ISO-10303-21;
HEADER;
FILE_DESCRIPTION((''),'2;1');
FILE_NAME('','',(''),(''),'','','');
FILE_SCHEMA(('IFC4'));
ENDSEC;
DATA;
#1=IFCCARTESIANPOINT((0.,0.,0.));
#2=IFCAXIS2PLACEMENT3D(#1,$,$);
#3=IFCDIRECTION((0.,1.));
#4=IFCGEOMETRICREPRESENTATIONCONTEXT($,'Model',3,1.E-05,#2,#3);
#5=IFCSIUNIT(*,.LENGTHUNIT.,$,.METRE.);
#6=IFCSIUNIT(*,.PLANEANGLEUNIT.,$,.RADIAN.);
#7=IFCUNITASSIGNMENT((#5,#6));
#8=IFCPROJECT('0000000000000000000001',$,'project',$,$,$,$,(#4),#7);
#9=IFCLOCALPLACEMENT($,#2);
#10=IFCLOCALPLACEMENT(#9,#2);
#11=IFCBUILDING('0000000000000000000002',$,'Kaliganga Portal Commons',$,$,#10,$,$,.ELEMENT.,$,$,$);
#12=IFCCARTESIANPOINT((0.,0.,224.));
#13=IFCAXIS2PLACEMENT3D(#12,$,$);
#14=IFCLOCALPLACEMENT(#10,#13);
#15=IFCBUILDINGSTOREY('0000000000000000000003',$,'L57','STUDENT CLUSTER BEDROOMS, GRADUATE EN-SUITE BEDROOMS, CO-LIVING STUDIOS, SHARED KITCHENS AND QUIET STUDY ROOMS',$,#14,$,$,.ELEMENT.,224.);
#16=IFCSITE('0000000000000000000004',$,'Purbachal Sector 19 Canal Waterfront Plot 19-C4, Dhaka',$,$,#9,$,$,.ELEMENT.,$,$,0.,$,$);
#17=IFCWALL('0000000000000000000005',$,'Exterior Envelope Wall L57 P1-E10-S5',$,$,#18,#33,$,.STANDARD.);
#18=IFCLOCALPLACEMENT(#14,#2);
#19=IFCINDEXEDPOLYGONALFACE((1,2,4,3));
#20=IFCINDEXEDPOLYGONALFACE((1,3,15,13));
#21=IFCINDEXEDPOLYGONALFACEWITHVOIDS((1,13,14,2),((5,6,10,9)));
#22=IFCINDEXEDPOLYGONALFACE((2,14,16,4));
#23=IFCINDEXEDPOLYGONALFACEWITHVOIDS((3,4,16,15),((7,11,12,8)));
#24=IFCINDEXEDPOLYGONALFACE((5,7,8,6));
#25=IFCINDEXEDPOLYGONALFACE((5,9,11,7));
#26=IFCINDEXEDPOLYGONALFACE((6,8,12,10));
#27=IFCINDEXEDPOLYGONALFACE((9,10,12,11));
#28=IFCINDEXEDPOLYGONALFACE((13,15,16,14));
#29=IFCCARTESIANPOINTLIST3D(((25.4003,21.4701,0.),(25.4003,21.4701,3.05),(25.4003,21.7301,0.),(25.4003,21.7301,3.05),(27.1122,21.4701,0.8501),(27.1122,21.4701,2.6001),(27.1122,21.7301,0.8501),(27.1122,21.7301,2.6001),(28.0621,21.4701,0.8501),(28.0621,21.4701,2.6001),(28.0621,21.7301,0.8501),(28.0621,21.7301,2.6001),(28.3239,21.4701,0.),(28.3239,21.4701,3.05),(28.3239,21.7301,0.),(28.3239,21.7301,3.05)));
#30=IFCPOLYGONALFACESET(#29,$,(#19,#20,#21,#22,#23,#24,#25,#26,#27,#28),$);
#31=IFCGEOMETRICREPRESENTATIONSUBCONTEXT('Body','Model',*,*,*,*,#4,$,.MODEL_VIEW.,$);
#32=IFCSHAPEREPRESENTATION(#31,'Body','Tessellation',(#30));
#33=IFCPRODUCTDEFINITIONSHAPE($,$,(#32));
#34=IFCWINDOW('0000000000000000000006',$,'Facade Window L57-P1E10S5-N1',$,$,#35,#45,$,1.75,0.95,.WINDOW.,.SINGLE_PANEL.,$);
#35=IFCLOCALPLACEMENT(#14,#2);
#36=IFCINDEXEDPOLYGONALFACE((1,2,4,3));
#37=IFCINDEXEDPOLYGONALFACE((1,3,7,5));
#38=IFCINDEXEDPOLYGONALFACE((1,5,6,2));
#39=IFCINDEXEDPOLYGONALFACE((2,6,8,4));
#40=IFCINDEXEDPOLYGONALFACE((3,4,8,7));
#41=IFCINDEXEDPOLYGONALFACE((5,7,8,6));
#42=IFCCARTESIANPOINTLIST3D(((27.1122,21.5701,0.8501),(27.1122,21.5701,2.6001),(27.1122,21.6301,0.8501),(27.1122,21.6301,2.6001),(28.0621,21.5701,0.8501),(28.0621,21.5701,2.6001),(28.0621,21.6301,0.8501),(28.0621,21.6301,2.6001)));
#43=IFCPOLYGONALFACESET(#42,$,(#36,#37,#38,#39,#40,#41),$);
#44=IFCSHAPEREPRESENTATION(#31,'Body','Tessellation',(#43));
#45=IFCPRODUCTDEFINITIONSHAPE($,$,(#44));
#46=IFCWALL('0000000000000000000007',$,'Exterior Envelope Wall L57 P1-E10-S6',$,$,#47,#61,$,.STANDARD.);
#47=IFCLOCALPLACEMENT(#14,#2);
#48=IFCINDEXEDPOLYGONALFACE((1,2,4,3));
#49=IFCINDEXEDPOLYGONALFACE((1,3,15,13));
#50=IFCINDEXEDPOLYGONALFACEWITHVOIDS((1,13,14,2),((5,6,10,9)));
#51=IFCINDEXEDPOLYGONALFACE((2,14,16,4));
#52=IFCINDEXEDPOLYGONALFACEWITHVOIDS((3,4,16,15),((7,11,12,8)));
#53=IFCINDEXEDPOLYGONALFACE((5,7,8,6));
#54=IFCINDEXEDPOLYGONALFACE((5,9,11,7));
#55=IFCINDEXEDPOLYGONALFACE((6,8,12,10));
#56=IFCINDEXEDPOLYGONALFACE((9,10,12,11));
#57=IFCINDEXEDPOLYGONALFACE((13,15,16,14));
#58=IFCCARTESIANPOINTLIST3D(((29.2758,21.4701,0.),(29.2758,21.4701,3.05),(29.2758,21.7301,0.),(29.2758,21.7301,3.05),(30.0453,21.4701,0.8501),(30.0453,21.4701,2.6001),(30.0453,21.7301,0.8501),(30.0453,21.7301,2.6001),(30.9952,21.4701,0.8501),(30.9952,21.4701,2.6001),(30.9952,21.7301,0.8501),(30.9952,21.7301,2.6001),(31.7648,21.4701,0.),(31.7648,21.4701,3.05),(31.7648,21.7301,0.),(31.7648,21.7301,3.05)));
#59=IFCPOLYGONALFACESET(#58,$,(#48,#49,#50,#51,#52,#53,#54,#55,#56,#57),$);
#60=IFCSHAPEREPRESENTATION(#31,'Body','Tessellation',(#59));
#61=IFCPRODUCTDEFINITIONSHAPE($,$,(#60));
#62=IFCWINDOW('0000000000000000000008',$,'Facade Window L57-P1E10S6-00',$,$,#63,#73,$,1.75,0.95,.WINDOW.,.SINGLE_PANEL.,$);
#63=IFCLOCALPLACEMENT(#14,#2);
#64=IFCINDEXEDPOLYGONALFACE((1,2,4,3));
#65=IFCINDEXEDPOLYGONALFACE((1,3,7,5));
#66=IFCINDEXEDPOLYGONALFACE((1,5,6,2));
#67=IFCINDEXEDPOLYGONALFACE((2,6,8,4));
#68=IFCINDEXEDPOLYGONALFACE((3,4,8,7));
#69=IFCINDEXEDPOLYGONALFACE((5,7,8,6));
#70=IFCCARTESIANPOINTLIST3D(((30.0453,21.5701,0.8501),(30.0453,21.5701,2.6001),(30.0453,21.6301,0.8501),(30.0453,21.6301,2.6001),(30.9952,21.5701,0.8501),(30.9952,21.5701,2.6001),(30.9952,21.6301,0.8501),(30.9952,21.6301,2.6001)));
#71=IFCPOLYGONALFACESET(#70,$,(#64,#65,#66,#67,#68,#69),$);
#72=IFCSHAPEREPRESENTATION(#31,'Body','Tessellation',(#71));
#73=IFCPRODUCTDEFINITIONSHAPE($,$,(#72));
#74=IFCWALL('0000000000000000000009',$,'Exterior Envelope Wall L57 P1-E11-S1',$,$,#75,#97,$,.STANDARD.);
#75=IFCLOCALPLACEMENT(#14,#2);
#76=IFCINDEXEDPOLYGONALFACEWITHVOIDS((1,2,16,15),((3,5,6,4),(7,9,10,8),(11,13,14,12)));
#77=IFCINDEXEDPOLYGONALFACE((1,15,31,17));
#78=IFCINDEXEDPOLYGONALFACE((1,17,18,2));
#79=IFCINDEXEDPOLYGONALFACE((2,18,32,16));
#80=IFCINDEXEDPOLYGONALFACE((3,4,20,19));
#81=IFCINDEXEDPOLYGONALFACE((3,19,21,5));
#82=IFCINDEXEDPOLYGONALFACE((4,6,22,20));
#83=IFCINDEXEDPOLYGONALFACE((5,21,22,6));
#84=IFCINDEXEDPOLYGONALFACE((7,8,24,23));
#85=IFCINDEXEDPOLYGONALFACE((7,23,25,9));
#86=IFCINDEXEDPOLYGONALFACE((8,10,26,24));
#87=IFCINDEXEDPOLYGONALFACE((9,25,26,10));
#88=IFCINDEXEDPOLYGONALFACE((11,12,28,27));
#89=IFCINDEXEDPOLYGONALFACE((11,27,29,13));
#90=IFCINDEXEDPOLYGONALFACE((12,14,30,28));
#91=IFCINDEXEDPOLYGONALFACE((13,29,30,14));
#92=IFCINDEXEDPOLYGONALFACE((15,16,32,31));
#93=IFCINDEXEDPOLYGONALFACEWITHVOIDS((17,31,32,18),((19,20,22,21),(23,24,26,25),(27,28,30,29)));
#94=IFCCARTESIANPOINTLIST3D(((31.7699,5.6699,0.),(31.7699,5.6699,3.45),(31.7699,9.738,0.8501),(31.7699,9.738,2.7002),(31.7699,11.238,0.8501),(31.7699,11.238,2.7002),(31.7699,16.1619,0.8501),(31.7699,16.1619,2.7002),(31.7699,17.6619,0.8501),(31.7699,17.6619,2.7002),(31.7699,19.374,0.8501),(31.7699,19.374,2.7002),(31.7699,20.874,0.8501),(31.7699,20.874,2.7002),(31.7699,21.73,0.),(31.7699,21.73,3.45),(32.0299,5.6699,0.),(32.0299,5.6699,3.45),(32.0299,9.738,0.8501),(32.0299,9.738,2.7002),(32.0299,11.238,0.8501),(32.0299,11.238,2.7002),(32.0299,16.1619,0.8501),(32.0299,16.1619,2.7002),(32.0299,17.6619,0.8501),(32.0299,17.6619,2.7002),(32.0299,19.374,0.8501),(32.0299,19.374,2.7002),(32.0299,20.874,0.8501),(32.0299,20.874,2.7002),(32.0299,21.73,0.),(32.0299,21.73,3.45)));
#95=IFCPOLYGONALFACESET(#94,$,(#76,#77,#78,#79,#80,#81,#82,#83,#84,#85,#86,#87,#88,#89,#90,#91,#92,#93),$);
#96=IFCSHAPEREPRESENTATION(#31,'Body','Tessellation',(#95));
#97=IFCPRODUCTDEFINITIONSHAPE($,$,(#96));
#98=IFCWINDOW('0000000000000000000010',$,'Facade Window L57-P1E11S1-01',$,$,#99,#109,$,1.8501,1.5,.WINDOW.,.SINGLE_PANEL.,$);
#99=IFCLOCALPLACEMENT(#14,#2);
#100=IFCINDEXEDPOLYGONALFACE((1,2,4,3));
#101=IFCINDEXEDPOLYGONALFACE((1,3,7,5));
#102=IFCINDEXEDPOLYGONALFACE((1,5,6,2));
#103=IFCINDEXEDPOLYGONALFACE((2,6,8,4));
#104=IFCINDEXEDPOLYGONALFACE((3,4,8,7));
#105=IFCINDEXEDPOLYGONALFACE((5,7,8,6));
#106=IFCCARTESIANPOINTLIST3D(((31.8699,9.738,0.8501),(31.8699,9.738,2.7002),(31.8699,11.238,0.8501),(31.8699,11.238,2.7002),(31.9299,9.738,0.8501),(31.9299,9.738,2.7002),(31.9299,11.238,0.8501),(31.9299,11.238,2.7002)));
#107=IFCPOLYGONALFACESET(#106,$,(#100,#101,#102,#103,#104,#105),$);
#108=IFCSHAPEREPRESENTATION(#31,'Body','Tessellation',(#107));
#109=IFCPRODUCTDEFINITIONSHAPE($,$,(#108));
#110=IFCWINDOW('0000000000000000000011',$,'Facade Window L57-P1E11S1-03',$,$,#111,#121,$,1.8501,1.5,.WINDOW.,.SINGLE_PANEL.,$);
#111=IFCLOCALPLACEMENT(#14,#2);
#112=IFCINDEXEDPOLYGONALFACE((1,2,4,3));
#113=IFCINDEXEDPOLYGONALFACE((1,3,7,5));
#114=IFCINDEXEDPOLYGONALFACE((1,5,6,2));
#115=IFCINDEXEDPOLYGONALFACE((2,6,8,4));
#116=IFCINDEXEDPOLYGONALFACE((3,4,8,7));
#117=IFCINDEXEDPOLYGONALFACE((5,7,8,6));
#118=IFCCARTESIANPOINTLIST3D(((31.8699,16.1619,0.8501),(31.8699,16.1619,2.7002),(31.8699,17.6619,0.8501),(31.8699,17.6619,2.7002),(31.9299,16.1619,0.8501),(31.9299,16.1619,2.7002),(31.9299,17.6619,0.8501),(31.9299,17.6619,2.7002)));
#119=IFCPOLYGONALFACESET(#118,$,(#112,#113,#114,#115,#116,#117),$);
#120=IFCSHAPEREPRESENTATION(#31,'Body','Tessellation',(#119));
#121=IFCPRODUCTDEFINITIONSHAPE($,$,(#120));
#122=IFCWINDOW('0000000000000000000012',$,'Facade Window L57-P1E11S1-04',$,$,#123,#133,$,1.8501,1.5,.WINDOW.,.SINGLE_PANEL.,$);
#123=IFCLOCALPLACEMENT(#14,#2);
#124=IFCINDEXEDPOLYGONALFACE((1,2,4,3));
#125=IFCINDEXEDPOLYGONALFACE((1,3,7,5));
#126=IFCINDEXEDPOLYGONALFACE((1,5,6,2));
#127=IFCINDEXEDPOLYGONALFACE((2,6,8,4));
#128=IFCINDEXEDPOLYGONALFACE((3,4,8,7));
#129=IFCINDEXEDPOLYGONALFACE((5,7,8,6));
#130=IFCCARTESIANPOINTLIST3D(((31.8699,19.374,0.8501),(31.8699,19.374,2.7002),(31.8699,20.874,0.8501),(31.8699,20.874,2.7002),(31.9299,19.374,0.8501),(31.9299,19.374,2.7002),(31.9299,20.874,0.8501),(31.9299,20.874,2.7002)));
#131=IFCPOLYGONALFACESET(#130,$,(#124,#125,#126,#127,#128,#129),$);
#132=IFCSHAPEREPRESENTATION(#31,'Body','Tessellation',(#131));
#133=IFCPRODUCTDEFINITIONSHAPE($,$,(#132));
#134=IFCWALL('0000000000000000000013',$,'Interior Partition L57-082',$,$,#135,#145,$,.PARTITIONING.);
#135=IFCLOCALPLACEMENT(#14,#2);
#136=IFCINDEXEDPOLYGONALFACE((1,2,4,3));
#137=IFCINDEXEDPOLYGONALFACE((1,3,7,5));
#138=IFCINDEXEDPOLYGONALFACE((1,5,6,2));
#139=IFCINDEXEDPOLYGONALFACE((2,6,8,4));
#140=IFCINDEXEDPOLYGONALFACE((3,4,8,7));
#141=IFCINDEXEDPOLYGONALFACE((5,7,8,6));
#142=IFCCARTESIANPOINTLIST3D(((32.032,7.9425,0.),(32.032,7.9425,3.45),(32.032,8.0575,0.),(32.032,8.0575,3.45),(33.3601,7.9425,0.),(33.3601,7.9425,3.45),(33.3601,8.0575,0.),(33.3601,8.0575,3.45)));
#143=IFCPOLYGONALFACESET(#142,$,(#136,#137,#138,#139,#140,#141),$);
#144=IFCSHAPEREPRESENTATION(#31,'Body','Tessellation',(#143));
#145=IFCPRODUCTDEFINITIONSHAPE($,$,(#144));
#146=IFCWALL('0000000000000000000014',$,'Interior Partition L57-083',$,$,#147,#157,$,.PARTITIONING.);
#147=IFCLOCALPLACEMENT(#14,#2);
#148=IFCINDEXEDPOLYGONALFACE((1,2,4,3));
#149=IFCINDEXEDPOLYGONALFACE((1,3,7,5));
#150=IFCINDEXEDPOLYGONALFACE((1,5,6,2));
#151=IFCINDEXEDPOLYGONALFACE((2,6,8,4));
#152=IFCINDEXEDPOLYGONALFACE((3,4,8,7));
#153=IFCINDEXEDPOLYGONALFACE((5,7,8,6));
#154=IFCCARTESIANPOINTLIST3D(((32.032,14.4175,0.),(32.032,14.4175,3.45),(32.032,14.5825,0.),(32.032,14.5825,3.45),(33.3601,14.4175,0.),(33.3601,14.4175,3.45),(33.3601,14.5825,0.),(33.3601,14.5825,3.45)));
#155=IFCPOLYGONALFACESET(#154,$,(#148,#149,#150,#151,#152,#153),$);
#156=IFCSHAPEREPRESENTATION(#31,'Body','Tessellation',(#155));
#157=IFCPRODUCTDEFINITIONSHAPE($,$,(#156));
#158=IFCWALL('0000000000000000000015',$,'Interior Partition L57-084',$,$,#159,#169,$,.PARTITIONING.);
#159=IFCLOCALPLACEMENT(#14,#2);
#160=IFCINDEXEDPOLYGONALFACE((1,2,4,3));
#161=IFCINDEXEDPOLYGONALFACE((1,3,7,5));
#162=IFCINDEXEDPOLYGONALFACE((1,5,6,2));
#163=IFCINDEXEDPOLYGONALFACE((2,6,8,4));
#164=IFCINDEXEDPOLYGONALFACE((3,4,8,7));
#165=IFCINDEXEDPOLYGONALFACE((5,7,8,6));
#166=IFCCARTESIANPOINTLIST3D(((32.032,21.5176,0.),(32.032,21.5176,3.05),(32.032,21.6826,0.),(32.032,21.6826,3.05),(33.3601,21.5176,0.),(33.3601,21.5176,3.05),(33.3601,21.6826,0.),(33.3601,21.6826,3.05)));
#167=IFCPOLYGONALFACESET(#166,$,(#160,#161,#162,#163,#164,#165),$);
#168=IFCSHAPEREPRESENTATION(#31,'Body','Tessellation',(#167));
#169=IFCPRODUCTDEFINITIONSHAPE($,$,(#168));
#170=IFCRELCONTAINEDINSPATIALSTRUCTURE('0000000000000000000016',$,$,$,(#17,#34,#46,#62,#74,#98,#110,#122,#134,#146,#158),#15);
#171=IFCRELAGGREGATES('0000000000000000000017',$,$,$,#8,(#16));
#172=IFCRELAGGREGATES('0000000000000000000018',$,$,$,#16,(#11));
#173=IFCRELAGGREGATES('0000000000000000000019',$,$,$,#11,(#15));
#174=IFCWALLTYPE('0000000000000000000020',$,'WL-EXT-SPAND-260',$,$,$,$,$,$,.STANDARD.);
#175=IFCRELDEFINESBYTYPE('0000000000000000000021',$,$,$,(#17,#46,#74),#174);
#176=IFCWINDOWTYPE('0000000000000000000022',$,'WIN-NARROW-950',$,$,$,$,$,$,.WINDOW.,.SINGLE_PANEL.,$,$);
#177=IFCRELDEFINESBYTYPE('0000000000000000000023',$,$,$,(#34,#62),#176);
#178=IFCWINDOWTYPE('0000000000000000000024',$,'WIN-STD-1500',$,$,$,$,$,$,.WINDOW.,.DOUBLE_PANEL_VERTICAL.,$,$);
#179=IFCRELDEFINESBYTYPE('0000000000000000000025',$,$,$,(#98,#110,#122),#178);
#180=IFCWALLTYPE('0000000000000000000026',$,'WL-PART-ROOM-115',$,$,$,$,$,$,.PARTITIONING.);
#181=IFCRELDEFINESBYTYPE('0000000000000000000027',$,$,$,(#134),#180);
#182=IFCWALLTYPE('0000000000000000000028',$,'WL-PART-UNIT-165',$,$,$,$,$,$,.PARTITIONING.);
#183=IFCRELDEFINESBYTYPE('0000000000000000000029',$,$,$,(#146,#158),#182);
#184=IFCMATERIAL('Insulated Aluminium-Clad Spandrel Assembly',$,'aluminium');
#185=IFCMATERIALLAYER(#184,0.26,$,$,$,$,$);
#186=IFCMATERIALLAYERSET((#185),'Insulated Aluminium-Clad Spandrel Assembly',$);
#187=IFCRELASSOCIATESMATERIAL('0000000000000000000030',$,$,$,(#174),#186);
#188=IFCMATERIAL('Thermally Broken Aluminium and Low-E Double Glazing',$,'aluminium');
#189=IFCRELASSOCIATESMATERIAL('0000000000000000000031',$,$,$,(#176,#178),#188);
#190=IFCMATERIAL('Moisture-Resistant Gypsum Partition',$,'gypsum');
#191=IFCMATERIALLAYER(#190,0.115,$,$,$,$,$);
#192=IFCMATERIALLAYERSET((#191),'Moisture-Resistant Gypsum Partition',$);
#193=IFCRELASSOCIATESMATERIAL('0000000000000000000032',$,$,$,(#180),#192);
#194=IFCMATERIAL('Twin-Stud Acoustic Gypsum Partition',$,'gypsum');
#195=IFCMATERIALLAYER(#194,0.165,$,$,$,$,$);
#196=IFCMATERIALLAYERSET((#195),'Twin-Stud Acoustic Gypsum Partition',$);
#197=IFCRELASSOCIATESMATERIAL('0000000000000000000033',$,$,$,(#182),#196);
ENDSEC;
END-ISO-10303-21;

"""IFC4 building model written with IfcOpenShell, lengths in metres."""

from ifc_helpers import new_model, si_unit, direction, frame, frame_2d, origin, place, context, subcontext, project, spatial, rectangle, extrude, material, layer, layer_set, type_object, element, fill, save


model = new_model("IFC4")

# Units and contexts
model_context = context("Model", 3, precision=1e-05, world=origin(), true_north=direction((0.0, 1.0)))
body_context = subcontext(model_context, "Body", "Model", "MODEL_VIEW")
ifc_project = project(units=[si_unit("LENGTHUNIT", "METRE"), si_unit("PLANEANGLEUNIT", "RADIAN")], contexts=[model_context])

# Site, building, storey
site_placement = place(None, origin())
site = spatial("IfcSite", under=ifc_project, at=site_placement, Name="Purbachal Sector 19 Canal Waterfront Plot 19-C4, Dhaka", CompositionType="ELEMENT", RefElevation=0.0)
building_placement = place(site_placement, origin())
building = spatial("IfcBuilding", under=site, at=building_placement, Name="Kaliganga Portal Commons", CompositionType="ELEMENT")
storey_placement = place(building_placement, frame((0.0, 0.0, 224.0)))
storey = spatial("IfcBuildingStorey", under=building, at=storey_placement, Name="L57", Description="STUDENT CLUSTER BEDROOMS, GRADUATE EN-SUITE BEDROOMS, CO-LIVING STUDIOS, SHARED KITCHENS AND QUIET STUDY ROOMS", CompositionType="ELEMENT", Elevation=224.0)

# Walls, openings, windows
ifc_material_1 = material(Name="Insulated Aluminium-Clad Spandrel Assembly", Category="aluminium")
ifc_layer_1 = layer(ifc_material_1, 0.26)
ifc_layer_set_1 = layer_set([ifc_layer_1], Name="Insulated Aluminium-Clad Spandrel Assembly")
wall_type_1 = type_object("IfcWallType", Name="WL-EXT-SPAND-260", PredefinedType="STANDARD", material=ifc_layer_set_1)
ifc_material_2 = material(Name="Thermally Broken Aluminium and Low-E Double Glazing", Category="aluminium")
window_type_1 = type_object("IfcWindowType", Name="WIN-NARROW-950", PartitioningType="SINGLE_PANEL", PredefinedType="WINDOW", material=ifc_material_2)
wall_1_placement = place(storey_placement, frame((28.324, 21.6001, 0.0), z_axis=(0.0, 0.0, 1.0), x_axis=(-1.0, 0.0, 0.0)))
wall_1 = element("IfcWall", 1, at=wall_1_placement, inside=storey, type_object=wall_type_1, Name="Exterior Envelope Wall L57 P1-E10-S5", PredefinedType="STANDARD", context=body_context, shape_type="SweptSolid", body=[
    extrude(rectangle(XDim=2.9236, YDim=0.26, at=frame_2d((1.4619, 0.0))), origin(), (0.0, 0.0, 1.0), 3.05),
])
opening_1_placement = place(wall_1_placement, frame((0.2617, 0.0, 0.8501)))
opening_1 = element("IfcOpeningElement", 2, at=opening_1_placement, cuts=wall_1, PredefinedType="OPENING", context=body_context, shape_type="SweptSolid", body=[
    extrude(rectangle(XDim=0.95, YDim=1.75, at=frame_2d((0.4751, 0.875))), frame((0.0, 0.1401, 0.0), z_axis=(0.0, -1.0, 0.0), x_axis=(1.0, 0.0, 0.0)), (0.0, 0.0, 1.0), 0.28),
])
window_1_placement = place(opening_1_placement, origin())
window_1 = element("IfcWindow", 3, at=window_1_placement, inside=storey, type_object=window_type_1, Name="Facade Window L57-P1E10S5-N1", OverallHeight=1.75, OverallWidth=0.95, PartitioningType="SINGLE_PANEL", PredefinedType="WINDOW", context=body_context, shape_type="SweptSolid", body=[
    extrude(rectangle(XDim=0.95, YDim=1.75, at=frame_2d((0.4751, 0.875))), frame((0.0, 0.03, 0.0), z_axis=(0.0, -1.0, 0.0), x_axis=(1.0, 0.0, 0.0)), (0.0, 0.0, 1.0), 0.0601),
])
fill(opening_1, window_1)
wall_2_placement = place(storey_placement, frame((31.7649, 21.6001, 0.0), z_axis=(0.0, 0.0, 1.0), x_axis=(-1.0, 0.0, 0.0)))
wall_2 = element("IfcWall", 4, at=wall_2_placement, inside=storey, type_object=wall_type_1, Name="Exterior Envelope Wall L57 P1-E10-S6", PredefinedType="STANDARD", context=body_context, shape_type="SweptSolid", body=[
    extrude(rectangle(XDim=2.489, YDim=0.26, at=frame_2d((1.2446, 0.0))), origin(), (0.0, 0.0, 1.0), 3.05),
])
opening_2_placement = place(wall_2_placement, frame((0.7695, 0.0, 0.8501)))
opening_2 = element("IfcOpeningElement", 5, at=opening_2_placement, cuts=wall_2, PredefinedType="OPENING", context=body_context, shape_type="SweptSolid", body=[
    extrude(rectangle(XDim=0.95, YDim=1.75, at=frame_2d((0.4751, 0.875))), frame((0.0, 0.1401, 0.0), z_axis=(0.0, -1.0, 0.0), x_axis=(1.0, 0.0, 0.0)), (0.0, 0.0, 1.0), 0.28),
])
window_2_placement = place(opening_2_placement, origin())
window_2 = element("IfcWindow", 6, at=window_2_placement, inside=storey, type_object=window_type_1, Name="Facade Window L57-P1E10S6-00", OverallHeight=1.75, OverallWidth=0.95, PartitioningType="SINGLE_PANEL", PredefinedType="WINDOW", context=body_context, shape_type="SweptSolid", body=[
    extrude(rectangle(XDim=0.95, YDim=1.75, at=frame_2d((0.4751, 0.875))), frame((0.0, 0.03, 0.0), z_axis=(0.0, -1.0, 0.0), x_axis=(1.0, 0.0, 0.0)), (0.0, 0.0, 1.0), 0.0601),
])
fill(opening_2, window_2)

# Wall, openings, windows
wall_3_placement = place(storey_placement, frame((31.8999, 5.6699, 0.0), z_axis=(0.0, 0.0, 1.0), x_axis=(0.0, 1.0, 0.0)))
wall_3 = element("IfcWall", 7, at=wall_3_placement, inside=storey, type_object=wall_type_1, Name="Exterior Envelope Wall L57 P1-E11-S1", PredefinedType="STANDARD", context=body_context, shape_type="SweptSolid", body=[
    extrude(rectangle(XDim=16.0601, YDim=0.26, at=frame_2d((8.03, 0.0))), origin(), (0.0, 0.0, 1.0), 3.45),
])
opening_3_placement = place(wall_3_placement, frame((4.0681, 0.0, 0.8501)))
opening_3 = element("IfcOpeningElement", 8, at=opening_3_placement, cuts=wall_3, PredefinedType="OPENING", context=body_context, shape_type="SweptSolid", body=[
    extrude(rectangle(XDim=1.5, YDim=1.8501, at=frame_2d((0.75, 0.925))), frame((0.0, 0.1401, 0.0), z_axis=(0.0, -1.0, 0.0), x_axis=(1.0, 0.0, 0.0)), (0.0, 0.0, 1.0), 0.28),
])
opening_4_placement = place(wall_3_placement, frame((10.4919, 0.0, 0.8501)))
opening_4 = element("IfcOpeningElement", 9, at=opening_4_placement, cuts=wall_3, PredefinedType="OPENING", context=body_context, shape_type="SweptSolid", body=[
    extrude(rectangle(XDim=1.5, YDim=1.8501, at=frame_2d((0.75, 0.925))), frame((0.0, 0.1401, 0.0), z_axis=(0.0, -1.0, 0.0), x_axis=(1.0, 0.0, 0.0)), (0.0, 0.0, 1.0), 0.28),
])
opening_5_placement = place(wall_3_placement, frame((13.7041, 0.0, 0.8501)))
opening_5 = element("IfcOpeningElement", 10, at=opening_5_placement, cuts=wall_3, PredefinedType="OPENING", context=body_context, shape_type="SweptSolid", body=[
    extrude(rectangle(XDim=1.5, YDim=1.8501, at=frame_2d((0.75, 0.925))), frame((0.0, 0.1401, 0.0), z_axis=(0.0, -1.0, 0.0), x_axis=(1.0, 0.0, 0.0)), (0.0, 0.0, 1.0), 0.28),
])
window_type_2 = type_object("IfcWindowType", Name="WIN-STD-1500", PartitioningType="DOUBLE_PANEL_VERTICAL", PredefinedType="WINDOW", material=ifc_material_2)
window_3_placement = place(opening_3_placement, origin())
window_3 = element("IfcWindow", 11, at=window_3_placement, inside=storey, type_object=window_type_2, Name="Facade Window L57-P1E11S1-01", OverallHeight=1.8501, OverallWidth=1.5, PartitioningType="SINGLE_PANEL", PredefinedType="WINDOW", context=body_context, shape_type="SweptSolid", body=[
    extrude(rectangle(XDim=1.5, YDim=1.8501, at=frame_2d((0.75, 0.925))), frame((0.0, 0.03, 0.0), z_axis=(0.0, -1.0, 0.0), x_axis=(1.0, 0.0, 0.0)), (0.0, 0.0, 1.0), 0.0601),
])
fill(opening_3, window_3)
window_4_placement = place(opening_4_placement, origin())
window_4 = element("IfcWindow", 12, at=window_4_placement, inside=storey, type_object=window_type_2, Name="Facade Window L57-P1E11S1-03", OverallHeight=1.8501, OverallWidth=1.5, PartitioningType="SINGLE_PANEL", PredefinedType="WINDOW", context=body_context, shape_type="SweptSolid", body=[
    extrude(rectangle(XDim=1.5, YDim=1.8501, at=frame_2d((0.75, 0.925))), frame((0.0, 0.03, 0.0), z_axis=(0.0, -1.0, 0.0), x_axis=(1.0, 0.0, 0.0)), (0.0, 0.0, 1.0), 0.0601),
])
fill(opening_4, window_4)
window_5_placement = place(opening_5_placement, origin())
window_5 = element("IfcWindow", 13, at=window_5_placement, inside=storey, type_object=window_type_2, Name="Facade Window L57-P1E11S1-04", OverallHeight=1.8501, OverallWidth=1.5, PartitioningType="SINGLE_PANEL", PredefinedType="WINDOW", context=body_context, shape_type="SweptSolid", body=[
    extrude(rectangle(XDim=1.5, YDim=1.8501, at=frame_2d((0.75, 0.925))), frame((0.0, 0.03, 0.0), z_axis=(0.0, -1.0, 0.0), x_axis=(1.0, 0.0, 0.0)), (0.0, 0.0, 1.0), 0.0601),
])
fill(opening_5, window_5)

# Walls
ifc_material_3 = material(Name="Moisture-Resistant Gypsum Partition", Category="gypsum")
ifc_layer_2 = layer(ifc_material_3, 0.115)
ifc_layer_set_2 = layer_set([ifc_layer_2], Name="Moisture-Resistant Gypsum Partition")
wall_type_2 = type_object("IfcWallType", Name="WL-PART-ROOM-115", PredefinedType="PARTITIONING", material=ifc_layer_set_2)
wall_4_placement = place(storey_placement, frame((32.032, 8.0, 0.0), z_axis=(0.0, 0.0, 1.0), x_axis=(1.0, 0.0, 0.0)))
element("IfcWall", 14, at=wall_4_placement, inside=storey, type_object=wall_type_2, Name="Interior Partition L57-082", PredefinedType="PARTITIONING", context=body_context, shape_type="SweptSolid", body=[
    extrude(rectangle(XDim=1.3281, YDim=0.115, at=frame_2d((0.6641, 0.0))), origin(), (0.0, 0.0, 1.0), 3.45),
])
ifc_material_4 = material(Name="Twin-Stud Acoustic Gypsum Partition", Category="gypsum")
ifc_layer_3 = layer(ifc_material_4, 0.165)
ifc_layer_set_3 = layer_set([ifc_layer_3], Name="Twin-Stud Acoustic Gypsum Partition")
wall_type_3 = type_object("IfcWallType", Name="WL-PART-UNIT-165", PredefinedType="PARTITIONING", material=ifc_layer_set_3)
wall_5_placement = place(storey_placement, frame((32.032, 14.5, 0.0), z_axis=(0.0, 0.0, 1.0), x_axis=(1.0, 0.0, 0.0)))
element("IfcWall", 15, at=wall_5_placement, inside=storey, type_object=wall_type_3, Name="Interior Partition L57-083", PredefinedType="PARTITIONING", context=body_context, shape_type="SweptSolid", body=[
    extrude(rectangle(XDim=1.3281, YDim=0.165, at=frame_2d((0.6641, 0.0))), origin(), (0.0, 0.0, 1.0), 3.45),
])
wall_6_placement = place(storey_placement, frame((32.032, 21.6001, 0.0), z_axis=(0.0, 0.0, 1.0), x_axis=(1.0, 0.0, 0.0)))
element("IfcWall", 16, at=wall_6_placement, inside=storey, type_object=wall_type_3, Name="Interior Partition L57-084", PredefinedType="PARTITIONING", context=body_context, shape_type="SweptSolid", body=[
    extrude(rectangle(XDim=1.3281, YDim=0.165, at=frame_2d((0.6641, 0.0))), origin(), (0.0, 0.0, 1.0), 3.05),
])

save(model, "model.ifc")
